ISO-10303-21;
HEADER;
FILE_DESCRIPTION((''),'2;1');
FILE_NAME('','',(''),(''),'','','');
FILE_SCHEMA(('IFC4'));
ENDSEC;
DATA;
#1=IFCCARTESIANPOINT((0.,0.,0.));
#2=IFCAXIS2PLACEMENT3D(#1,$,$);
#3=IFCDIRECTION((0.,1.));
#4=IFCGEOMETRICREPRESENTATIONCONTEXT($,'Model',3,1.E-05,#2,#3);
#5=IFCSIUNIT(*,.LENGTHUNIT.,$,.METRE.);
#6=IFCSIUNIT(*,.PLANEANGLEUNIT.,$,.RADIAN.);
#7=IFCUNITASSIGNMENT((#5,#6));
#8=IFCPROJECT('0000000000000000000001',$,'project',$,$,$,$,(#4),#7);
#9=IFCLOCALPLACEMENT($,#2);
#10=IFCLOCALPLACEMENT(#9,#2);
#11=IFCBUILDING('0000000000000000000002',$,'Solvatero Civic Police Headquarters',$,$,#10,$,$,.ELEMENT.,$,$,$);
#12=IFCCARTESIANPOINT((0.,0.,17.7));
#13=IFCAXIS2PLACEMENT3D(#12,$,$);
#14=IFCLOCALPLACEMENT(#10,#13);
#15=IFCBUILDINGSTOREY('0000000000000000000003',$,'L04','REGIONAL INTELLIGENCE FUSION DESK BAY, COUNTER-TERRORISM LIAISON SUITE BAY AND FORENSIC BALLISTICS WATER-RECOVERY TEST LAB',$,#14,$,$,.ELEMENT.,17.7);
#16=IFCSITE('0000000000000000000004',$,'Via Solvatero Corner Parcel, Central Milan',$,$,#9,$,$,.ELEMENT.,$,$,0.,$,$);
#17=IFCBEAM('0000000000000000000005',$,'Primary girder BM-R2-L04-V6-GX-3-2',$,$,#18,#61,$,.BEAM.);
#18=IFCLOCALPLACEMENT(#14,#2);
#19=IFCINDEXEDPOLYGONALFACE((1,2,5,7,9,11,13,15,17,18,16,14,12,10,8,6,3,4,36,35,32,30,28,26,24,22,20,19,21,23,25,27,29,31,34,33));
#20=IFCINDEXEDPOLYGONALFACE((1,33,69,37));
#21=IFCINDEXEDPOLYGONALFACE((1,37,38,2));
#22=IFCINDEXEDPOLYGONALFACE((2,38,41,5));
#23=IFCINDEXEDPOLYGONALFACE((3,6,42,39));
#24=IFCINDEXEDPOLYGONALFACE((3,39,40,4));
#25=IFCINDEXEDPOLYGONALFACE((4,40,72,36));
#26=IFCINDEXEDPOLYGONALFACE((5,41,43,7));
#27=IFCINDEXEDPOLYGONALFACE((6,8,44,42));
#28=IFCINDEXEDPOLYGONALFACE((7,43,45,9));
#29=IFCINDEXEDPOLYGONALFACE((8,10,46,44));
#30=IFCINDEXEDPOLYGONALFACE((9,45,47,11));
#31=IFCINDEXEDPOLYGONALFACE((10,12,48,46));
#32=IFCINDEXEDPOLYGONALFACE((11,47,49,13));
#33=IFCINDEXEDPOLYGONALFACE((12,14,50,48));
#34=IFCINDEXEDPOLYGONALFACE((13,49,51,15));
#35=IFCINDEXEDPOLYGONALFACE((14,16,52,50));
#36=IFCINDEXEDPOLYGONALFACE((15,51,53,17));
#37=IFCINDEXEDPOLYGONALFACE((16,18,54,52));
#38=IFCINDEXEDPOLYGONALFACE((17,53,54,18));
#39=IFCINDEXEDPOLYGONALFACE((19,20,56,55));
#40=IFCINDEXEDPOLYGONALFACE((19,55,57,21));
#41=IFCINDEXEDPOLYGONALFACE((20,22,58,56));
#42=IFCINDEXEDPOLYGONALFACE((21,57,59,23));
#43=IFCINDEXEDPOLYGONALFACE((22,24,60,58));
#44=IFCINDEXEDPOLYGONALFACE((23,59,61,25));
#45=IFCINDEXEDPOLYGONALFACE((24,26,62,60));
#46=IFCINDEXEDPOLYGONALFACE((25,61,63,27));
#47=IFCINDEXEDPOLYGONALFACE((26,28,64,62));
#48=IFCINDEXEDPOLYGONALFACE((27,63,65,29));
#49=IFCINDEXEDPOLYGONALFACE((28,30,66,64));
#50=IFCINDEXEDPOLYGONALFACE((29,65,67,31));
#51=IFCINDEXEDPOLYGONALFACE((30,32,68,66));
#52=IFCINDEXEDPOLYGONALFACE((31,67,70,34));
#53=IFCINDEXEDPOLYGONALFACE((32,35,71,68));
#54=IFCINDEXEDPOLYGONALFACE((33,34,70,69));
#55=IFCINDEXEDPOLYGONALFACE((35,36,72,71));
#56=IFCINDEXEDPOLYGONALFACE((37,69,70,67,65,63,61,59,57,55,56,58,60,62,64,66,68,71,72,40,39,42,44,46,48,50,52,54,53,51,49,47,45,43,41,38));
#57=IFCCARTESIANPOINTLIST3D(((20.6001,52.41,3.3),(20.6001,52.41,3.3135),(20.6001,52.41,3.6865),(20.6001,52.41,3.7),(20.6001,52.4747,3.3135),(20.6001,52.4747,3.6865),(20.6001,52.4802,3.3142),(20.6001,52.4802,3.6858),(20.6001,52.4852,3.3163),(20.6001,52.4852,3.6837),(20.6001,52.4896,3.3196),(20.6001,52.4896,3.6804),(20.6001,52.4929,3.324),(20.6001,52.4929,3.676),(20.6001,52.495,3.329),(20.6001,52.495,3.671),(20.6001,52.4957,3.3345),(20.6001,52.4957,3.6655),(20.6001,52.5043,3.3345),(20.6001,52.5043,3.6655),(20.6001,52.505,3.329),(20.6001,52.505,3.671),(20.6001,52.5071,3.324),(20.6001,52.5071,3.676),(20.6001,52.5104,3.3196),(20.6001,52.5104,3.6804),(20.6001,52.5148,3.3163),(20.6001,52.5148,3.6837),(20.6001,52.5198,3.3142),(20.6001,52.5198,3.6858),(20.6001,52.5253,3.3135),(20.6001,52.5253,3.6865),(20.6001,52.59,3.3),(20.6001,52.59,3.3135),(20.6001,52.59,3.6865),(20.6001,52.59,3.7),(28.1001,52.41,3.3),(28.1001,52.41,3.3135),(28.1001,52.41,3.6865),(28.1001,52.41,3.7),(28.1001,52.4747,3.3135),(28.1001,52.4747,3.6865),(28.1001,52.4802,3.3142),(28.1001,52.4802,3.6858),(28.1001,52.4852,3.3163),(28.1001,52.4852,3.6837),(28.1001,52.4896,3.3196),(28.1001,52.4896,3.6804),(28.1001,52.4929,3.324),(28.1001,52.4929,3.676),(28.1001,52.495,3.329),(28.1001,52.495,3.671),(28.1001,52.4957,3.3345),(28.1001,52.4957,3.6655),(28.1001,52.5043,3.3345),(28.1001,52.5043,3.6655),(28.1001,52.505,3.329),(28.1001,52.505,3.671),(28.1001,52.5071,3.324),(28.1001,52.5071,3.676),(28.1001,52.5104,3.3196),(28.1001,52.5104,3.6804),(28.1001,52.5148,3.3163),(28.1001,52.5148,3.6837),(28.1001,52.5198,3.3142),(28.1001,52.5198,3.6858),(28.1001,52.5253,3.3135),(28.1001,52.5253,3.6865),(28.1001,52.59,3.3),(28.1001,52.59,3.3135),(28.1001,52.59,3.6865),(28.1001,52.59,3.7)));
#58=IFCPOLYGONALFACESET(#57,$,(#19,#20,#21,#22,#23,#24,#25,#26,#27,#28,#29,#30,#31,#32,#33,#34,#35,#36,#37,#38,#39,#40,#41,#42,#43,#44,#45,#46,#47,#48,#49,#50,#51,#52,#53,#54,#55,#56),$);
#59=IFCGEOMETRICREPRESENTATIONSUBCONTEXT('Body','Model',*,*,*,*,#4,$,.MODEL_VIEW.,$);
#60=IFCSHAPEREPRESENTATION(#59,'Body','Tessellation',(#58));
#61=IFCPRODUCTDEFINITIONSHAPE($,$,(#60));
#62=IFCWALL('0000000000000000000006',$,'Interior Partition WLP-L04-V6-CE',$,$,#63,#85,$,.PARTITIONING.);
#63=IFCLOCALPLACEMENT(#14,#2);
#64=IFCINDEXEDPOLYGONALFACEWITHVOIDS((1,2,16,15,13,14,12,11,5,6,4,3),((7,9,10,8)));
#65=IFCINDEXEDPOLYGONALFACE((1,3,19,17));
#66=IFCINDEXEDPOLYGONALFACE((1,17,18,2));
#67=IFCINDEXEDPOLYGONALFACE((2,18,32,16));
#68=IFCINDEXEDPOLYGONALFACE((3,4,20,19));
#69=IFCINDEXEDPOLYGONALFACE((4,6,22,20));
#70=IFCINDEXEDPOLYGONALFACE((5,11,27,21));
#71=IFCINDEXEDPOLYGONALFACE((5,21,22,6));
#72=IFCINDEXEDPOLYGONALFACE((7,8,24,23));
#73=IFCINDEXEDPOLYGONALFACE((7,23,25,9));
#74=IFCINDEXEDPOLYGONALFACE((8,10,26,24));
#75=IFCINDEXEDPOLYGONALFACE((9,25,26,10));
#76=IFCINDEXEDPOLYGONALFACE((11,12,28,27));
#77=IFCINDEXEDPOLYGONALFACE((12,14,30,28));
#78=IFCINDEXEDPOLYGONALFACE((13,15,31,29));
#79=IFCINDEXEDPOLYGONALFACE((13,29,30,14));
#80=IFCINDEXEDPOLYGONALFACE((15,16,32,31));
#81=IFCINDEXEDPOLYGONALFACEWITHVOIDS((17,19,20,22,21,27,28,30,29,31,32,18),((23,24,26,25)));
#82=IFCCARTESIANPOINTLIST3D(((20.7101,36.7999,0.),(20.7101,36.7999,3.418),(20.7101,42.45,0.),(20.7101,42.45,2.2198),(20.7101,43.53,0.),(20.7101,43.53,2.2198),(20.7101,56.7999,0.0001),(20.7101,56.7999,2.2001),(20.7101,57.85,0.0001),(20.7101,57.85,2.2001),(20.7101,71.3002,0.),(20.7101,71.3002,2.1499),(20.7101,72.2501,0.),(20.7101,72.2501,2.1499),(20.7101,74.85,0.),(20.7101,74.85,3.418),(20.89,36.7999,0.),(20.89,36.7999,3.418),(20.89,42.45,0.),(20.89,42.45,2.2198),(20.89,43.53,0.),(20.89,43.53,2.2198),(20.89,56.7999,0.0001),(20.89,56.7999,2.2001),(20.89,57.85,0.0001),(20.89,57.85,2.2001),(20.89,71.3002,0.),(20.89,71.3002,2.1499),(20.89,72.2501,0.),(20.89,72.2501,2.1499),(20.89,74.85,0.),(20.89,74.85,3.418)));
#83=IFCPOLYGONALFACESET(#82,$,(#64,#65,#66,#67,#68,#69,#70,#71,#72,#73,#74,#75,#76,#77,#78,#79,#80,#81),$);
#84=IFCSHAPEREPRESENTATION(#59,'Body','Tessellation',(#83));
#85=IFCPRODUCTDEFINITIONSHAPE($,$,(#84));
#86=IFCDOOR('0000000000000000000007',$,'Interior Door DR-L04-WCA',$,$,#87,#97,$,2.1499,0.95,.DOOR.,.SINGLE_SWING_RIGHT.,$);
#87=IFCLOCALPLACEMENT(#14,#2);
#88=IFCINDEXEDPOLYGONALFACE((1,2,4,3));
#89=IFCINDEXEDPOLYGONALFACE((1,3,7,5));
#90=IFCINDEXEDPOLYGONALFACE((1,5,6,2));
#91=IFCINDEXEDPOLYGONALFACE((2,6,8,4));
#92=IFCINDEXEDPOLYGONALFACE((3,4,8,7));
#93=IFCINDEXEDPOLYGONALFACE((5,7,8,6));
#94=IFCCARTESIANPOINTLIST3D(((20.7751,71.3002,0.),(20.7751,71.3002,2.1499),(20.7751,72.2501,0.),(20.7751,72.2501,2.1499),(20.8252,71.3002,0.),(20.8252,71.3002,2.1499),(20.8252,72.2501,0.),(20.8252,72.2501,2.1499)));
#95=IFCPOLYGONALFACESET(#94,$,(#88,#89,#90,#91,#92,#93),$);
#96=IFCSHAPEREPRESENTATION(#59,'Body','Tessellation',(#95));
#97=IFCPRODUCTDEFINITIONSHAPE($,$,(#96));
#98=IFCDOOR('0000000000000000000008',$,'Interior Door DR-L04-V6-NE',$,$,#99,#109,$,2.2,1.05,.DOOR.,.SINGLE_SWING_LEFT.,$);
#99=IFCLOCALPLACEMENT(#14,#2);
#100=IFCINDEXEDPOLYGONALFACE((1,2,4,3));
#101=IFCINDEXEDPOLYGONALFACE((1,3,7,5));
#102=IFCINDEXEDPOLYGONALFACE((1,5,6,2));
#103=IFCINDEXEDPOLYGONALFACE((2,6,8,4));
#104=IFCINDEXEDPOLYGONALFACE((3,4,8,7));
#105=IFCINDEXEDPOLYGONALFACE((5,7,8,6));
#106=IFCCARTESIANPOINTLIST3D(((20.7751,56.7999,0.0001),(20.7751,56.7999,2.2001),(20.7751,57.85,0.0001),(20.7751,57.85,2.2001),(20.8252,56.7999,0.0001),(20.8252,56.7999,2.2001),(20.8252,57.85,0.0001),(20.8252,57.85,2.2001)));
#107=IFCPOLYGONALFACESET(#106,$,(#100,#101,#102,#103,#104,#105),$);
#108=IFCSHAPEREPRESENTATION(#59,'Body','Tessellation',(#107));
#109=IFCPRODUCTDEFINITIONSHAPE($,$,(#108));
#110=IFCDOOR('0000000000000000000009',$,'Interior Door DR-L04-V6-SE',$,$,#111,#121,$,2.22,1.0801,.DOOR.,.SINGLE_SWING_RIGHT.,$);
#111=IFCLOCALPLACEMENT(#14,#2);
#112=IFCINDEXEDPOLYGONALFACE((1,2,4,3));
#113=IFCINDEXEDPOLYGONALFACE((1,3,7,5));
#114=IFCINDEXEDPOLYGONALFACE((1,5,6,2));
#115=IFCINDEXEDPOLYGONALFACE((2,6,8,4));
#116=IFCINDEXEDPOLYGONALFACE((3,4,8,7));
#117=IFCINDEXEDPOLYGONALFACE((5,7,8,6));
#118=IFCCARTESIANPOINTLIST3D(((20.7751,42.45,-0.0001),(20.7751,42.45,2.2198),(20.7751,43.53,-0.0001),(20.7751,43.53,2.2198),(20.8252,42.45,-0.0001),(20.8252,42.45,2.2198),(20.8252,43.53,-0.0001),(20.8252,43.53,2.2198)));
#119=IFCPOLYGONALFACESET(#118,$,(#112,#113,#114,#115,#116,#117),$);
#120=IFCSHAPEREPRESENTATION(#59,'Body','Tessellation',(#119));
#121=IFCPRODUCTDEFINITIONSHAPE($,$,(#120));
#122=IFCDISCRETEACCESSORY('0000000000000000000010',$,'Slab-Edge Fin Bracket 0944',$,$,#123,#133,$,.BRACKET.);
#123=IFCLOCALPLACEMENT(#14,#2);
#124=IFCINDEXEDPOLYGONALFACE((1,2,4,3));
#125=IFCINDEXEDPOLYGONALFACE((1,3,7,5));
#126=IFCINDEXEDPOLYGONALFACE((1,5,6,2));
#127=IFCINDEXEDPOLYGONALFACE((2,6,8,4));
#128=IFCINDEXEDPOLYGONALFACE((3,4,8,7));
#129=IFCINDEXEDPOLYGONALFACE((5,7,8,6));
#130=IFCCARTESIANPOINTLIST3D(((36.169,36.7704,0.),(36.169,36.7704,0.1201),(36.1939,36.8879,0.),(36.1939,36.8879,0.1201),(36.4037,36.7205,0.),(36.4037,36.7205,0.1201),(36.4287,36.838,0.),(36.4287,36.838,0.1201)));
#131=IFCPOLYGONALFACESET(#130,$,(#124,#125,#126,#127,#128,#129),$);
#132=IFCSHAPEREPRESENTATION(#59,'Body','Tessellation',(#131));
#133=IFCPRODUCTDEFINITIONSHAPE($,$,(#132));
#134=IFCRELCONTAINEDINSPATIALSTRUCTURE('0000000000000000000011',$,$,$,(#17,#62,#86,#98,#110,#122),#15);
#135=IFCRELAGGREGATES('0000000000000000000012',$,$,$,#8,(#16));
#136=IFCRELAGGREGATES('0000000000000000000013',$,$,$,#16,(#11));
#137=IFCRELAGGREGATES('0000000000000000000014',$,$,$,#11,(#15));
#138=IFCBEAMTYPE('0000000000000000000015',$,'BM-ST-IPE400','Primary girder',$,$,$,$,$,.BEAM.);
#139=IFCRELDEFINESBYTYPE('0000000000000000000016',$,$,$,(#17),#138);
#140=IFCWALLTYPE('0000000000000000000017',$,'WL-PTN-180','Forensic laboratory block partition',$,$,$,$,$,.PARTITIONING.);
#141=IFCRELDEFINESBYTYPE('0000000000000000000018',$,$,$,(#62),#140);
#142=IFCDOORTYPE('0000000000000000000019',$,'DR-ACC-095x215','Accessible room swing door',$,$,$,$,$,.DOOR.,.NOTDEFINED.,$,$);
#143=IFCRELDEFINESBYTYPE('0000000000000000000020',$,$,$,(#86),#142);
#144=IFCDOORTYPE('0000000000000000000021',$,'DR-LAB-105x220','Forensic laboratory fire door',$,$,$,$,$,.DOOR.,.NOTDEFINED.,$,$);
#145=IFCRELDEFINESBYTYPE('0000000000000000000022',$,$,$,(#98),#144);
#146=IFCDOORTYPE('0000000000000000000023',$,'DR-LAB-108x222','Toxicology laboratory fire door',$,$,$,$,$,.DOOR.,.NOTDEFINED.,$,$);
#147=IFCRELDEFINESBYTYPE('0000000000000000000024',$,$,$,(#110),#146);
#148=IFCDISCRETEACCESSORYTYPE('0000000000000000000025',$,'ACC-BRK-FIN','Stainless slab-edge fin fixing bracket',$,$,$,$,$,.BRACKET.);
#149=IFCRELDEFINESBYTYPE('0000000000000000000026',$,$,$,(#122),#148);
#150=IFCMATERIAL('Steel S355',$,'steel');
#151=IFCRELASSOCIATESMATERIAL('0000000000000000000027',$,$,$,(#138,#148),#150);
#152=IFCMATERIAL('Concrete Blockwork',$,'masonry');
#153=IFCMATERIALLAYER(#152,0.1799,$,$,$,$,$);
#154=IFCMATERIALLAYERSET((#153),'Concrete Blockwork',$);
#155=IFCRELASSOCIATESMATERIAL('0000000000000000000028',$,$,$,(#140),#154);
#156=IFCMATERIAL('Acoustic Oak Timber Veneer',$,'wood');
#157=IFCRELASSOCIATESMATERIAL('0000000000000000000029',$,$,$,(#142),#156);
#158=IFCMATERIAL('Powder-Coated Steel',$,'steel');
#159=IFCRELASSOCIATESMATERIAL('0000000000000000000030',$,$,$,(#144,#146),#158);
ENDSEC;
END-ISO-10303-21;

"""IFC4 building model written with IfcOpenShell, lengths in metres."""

from ifc_helpers import new_model, si_unit, direction, frame, frame_2d, origin, origin_2d, place, context, subcontext, project, spatial, rectangle, i_section, extrude, material, layer, layer_set, material_profile, profile_set, type_object, element, fill, save


model = new_model("IFC4")

# Units and contexts
model_context = context("Model", 3, precision=1e-05, world=origin(), true_north=direction((0.0, 1.0)))
body_context = subcontext(model_context, "Body", "Model", "MODEL_VIEW")
ifc_project = project(units=[si_unit("LENGTHUNIT", "METRE"), si_unit("PLANEANGLEUNIT", "RADIAN")], contexts=[model_context])

# Site, building, storey
site_placement = place(None, origin())
site = spatial("IfcSite", under=ifc_project, at=site_placement, Name="Via Solvatero Corner Parcel, Central Milan", CompositionType="ELEMENT", RefElevation=0.0)
building_placement = place(site_placement, origin())
building = spatial("IfcBuilding", under=site, at=building_placement, Name="Solvatero Civic Police Headquarters", CompositionType="ELEMENT")
storey_placement = place(building_placement, frame((0.0, 0.0, 17.7)))
storey = spatial("IfcBuildingStorey", under=building, at=storey_placement, Name="L04", Description="REGIONAL INTELLIGENCE FUSION DESK BAY, COUNTER-TERRORISM LIAISON SUITE BAY AND FORENSIC BALLISTICS WATER-RECOVERY TEST LAB", CompositionType="ELEMENT", Elevation=17.7)

# Shared definitions
ifc_material_1 = material(Name="Steel S355", Category="steel")

# Beam
ifc_material_profile_1 = material_profile(ifc_material_1, i_section(OverallWidth=0.1799, OverallDepth=0.3999, WebThickness=0.0085, FlangeThickness=0.0134, FilletRadius=0.021, at=origin_2d()), Name="IPE 400")
ifc_profile_set_1 = profile_set([ifc_material_profile_1], Name="Steel S355")
beam_type_1 = type_object("IfcBeamType", Name="BM-ST-IPE400", Description="Primary girder", PredefinedType="BEAM", material=ifc_profile_set_1)
beam_1_placement = place(storey_placement, frame((20.6001, 52.5, 3.5), z_axis=(1.0, 0.0, 0.0), x_axis=(0.0, 1.0, 0.0)))
element("IfcBeam", 1, at=beam_1_placement, inside=storey, type_object=beam_type_1, Name="Primary girder BM-R2-L04-V6-GX-3-2", PredefinedType="BEAM", context=body_context, shape_type="SweptSolid", body=[
    extrude(i_section(OverallWidth=0.1799, OverallDepth=0.3999, WebThickness=0.0085, FlangeThickness=0.0134, FilletRadius=0.021, at=origin_2d()), origin(), (0.0, 0.0, 1.0), 7.5),
])

# Wall, openings, doors
ifc_material_2 = material(Name="Concrete Blockwork", Category="masonry")
ifc_layer = layer(ifc_material_2, 0.1799)
ifc_layer_set = layer_set([ifc_layer], Name="Concrete Blockwork")
wall_type = type_object("IfcWallType", Name="WL-PTN-180", Description="Forensic laboratory block partition", PredefinedType="PARTITIONING", material=ifc_layer_set)
wall_placement = place(storey_placement, frame((20.8, 36.8, 0.0), z_axis=(0.0, 0.0, 1.0), x_axis=(0.0, 1.0, 0.0)))
wall = element("IfcWall", 2, at=wall_placement, inside=storey, type_object=wall_type, Name="Interior Partition WLP-L04-V6-CE", PredefinedType="PARTITIONING", context=body_context, shape_type="SweptSolid", body=[
    extrude(rectangle(XDim=38.05, YDim=0.1799, at=frame_2d((19.0249, 0.0))), origin(), (0.0, 0.0, 1.0), 3.418),
])
opening_1_placement = place(wall_placement, frame((5.6499, 0.0, 0.0)))
opening_1 = element("IfcOpeningElement", 3, at=opening_1_placement, cuts=wall, PredefinedType="OPENING", context=body_context, shape_type="SweptSolid", body=[
    extrude(rectangle(XDim=1.0801, YDim=2.22, at=frame_2d((0.54, 1.1099))), frame((0.0, 0.0999, 0.0), z_axis=(0.0, -1.0, 0.0), x_axis=(1.0, 0.0, 0.0)), (0.0, 0.0, 1.0), 0.2),
])
opening_2_placement = place(wall_placement, frame((20.0, 0.0, 0.0)))
opening_2 = element("IfcOpeningElement", 4, at=opening_2_placement, cuts=wall, PredefinedType="OPENING", context=body_context, shape_type="SweptSolid", body=[
    extrude(rectangle(XDim=1.05, YDim=2.2, at=frame_2d((0.5249, 1.1001))), frame((0.0, 0.0999, 0.0), z_axis=(0.0, -1.0, 0.0), x_axis=(1.0, 0.0, 0.0)), (0.0, 0.0, 1.0), 0.2),
])
opening_3_placement = place(wall_placement, frame((34.5, 0.0, 0.0)))
opening_3 = element("IfcOpeningElement", 5, at=opening_3_placement, cuts=wall, PredefinedType="OPENING", context=body_context, shape_type="SweptSolid", body=[
    extrude(rectangle(XDim=0.95, YDim=2.1499, at=frame_2d((0.4751, 1.075))), frame((0.0, 0.0999, 0.0), z_axis=(0.0, -1.0, 0.0), x_axis=(1.0, 0.0, 0.0)), (0.0, 0.0, 1.0), 0.2),
])
ifc_material_3 = material(Name="Acoustic Oak Timber Veneer", Category="wood")
door_type_1 = type_object("IfcDoorType", Name="DR-ACC-095x215", Description="Accessible room swing door", OperationType="NOTDEFINED", PredefinedType="DOOR", material=ifc_material_3)
door_1_placement = place(opening_3_placement, origin())
door_1 = element("IfcDoor", 6, at=door_1_placement, inside=storey, type_object=door_type_1, Name="Interior Door DR-L04-WCA", OperationType="SINGLE_SWING_RIGHT", OverallHeight=2.1499, OverallWidth=0.95, PredefinedType="DOOR", context=body_context, shape_type="SweptSolid", body=[
    extrude(rectangle(XDim=0.95, YDim=2.1499, at=frame_2d((0.4751, 1.075))), frame((0.0, 0.0249, 0.0), z_axis=(0.0, -1.0, 0.0), x_axis=(1.0, 0.0, 0.0)), (0.0, 0.0, 1.0), 0.05),
])
fill(opening_3, door_1)
ifc_material_4 = material(Name="Powder-Coated Steel", Category="steel")
door_type_2 = type_object("IfcDoorType", Name="DR-LAB-105x220", Description="Forensic laboratory fire door", OperationType="NOTDEFINED", PredefinedType="DOOR", material=ifc_material_4)
door_2_placement = place(opening_2_placement, origin())
door_2 = element("IfcDoor", 7, at=door_2_placement, inside=storey, type_object=door_type_2, Name="Interior Door DR-L04-V6-NE", OperationType="SINGLE_SWING_LEFT", OverallHeight=2.2, OverallWidth=1.05, PredefinedType="DOOR", context=body_context, shape_type="SweptSolid", body=[
    extrude(rectangle(XDim=1.05, YDim=2.2, at=frame_2d((0.5249, 1.1001))), frame((0.0, 0.0249, 0.0), z_axis=(0.0, -1.0, 0.0), x_axis=(1.0, 0.0, 0.0)), (0.0, 0.0, 1.0), 0.05),
])
fill(opening_2, door_2)
door_type_3 = type_object("IfcDoorType", Name="DR-LAB-108x222", Description="Toxicology laboratory fire door", OperationType="NOTDEFINED", PredefinedType="DOOR", material=ifc_material_4)
door_3_placement = place(opening_1_placement, origin())
door_3 = element("IfcDoor", 8, at=door_3_placement, inside=storey, type_object=door_type_3, Name="Interior Door DR-L04-V6-SE", OperationType="SINGLE_SWING_RIGHT", OverallHeight=2.22, OverallWidth=1.0801, PredefinedType="DOOR", context=body_context, shape_type="SweptSolid", body=[
    extrude(rectangle(XDim=1.0801, YDim=2.22, at=frame_2d((0.54, 1.1099))), frame((0.0, 0.0249, 0.0), z_axis=(0.0, -1.0, 0.0), x_axis=(1.0, 0.0, 0.0)), (0.0, 0.0, 1.0), 0.05),
])
fill(opening_1, door_3)

# Discrete accessory
discrete_accessory_type = type_object("IfcDiscreteAccessoryType", Name="ACC-BRK-FIN", Description="Stainless slab-edge fin fixing bracket", PredefinedType="BRACKET", material=ifc_material_1)
discrete_accessory_placement = place(storey_placement, frame((36.2988, 36.8042, 0.0), z_axis=(0.0, 0.0, 1.0), x_axis=(-0.207912, -0.978148, 0.0)))
element("IfcDiscreteAccessory", 9, at=discrete_accessory_placement, inside=storey, type_object=discrete_accessory_type, Name="Slab-Edge Fin Bracket 0944", PredefinedType="BRACKET", context=body_context, shape_type="SweptSolid", body=[
    extrude(rectangle(XDim=0.1201, YDim=0.24, at=origin_2d()), origin(), (0.0, 0.0, 1.0), 0.1201),
])

save(model, "model.ifc")
